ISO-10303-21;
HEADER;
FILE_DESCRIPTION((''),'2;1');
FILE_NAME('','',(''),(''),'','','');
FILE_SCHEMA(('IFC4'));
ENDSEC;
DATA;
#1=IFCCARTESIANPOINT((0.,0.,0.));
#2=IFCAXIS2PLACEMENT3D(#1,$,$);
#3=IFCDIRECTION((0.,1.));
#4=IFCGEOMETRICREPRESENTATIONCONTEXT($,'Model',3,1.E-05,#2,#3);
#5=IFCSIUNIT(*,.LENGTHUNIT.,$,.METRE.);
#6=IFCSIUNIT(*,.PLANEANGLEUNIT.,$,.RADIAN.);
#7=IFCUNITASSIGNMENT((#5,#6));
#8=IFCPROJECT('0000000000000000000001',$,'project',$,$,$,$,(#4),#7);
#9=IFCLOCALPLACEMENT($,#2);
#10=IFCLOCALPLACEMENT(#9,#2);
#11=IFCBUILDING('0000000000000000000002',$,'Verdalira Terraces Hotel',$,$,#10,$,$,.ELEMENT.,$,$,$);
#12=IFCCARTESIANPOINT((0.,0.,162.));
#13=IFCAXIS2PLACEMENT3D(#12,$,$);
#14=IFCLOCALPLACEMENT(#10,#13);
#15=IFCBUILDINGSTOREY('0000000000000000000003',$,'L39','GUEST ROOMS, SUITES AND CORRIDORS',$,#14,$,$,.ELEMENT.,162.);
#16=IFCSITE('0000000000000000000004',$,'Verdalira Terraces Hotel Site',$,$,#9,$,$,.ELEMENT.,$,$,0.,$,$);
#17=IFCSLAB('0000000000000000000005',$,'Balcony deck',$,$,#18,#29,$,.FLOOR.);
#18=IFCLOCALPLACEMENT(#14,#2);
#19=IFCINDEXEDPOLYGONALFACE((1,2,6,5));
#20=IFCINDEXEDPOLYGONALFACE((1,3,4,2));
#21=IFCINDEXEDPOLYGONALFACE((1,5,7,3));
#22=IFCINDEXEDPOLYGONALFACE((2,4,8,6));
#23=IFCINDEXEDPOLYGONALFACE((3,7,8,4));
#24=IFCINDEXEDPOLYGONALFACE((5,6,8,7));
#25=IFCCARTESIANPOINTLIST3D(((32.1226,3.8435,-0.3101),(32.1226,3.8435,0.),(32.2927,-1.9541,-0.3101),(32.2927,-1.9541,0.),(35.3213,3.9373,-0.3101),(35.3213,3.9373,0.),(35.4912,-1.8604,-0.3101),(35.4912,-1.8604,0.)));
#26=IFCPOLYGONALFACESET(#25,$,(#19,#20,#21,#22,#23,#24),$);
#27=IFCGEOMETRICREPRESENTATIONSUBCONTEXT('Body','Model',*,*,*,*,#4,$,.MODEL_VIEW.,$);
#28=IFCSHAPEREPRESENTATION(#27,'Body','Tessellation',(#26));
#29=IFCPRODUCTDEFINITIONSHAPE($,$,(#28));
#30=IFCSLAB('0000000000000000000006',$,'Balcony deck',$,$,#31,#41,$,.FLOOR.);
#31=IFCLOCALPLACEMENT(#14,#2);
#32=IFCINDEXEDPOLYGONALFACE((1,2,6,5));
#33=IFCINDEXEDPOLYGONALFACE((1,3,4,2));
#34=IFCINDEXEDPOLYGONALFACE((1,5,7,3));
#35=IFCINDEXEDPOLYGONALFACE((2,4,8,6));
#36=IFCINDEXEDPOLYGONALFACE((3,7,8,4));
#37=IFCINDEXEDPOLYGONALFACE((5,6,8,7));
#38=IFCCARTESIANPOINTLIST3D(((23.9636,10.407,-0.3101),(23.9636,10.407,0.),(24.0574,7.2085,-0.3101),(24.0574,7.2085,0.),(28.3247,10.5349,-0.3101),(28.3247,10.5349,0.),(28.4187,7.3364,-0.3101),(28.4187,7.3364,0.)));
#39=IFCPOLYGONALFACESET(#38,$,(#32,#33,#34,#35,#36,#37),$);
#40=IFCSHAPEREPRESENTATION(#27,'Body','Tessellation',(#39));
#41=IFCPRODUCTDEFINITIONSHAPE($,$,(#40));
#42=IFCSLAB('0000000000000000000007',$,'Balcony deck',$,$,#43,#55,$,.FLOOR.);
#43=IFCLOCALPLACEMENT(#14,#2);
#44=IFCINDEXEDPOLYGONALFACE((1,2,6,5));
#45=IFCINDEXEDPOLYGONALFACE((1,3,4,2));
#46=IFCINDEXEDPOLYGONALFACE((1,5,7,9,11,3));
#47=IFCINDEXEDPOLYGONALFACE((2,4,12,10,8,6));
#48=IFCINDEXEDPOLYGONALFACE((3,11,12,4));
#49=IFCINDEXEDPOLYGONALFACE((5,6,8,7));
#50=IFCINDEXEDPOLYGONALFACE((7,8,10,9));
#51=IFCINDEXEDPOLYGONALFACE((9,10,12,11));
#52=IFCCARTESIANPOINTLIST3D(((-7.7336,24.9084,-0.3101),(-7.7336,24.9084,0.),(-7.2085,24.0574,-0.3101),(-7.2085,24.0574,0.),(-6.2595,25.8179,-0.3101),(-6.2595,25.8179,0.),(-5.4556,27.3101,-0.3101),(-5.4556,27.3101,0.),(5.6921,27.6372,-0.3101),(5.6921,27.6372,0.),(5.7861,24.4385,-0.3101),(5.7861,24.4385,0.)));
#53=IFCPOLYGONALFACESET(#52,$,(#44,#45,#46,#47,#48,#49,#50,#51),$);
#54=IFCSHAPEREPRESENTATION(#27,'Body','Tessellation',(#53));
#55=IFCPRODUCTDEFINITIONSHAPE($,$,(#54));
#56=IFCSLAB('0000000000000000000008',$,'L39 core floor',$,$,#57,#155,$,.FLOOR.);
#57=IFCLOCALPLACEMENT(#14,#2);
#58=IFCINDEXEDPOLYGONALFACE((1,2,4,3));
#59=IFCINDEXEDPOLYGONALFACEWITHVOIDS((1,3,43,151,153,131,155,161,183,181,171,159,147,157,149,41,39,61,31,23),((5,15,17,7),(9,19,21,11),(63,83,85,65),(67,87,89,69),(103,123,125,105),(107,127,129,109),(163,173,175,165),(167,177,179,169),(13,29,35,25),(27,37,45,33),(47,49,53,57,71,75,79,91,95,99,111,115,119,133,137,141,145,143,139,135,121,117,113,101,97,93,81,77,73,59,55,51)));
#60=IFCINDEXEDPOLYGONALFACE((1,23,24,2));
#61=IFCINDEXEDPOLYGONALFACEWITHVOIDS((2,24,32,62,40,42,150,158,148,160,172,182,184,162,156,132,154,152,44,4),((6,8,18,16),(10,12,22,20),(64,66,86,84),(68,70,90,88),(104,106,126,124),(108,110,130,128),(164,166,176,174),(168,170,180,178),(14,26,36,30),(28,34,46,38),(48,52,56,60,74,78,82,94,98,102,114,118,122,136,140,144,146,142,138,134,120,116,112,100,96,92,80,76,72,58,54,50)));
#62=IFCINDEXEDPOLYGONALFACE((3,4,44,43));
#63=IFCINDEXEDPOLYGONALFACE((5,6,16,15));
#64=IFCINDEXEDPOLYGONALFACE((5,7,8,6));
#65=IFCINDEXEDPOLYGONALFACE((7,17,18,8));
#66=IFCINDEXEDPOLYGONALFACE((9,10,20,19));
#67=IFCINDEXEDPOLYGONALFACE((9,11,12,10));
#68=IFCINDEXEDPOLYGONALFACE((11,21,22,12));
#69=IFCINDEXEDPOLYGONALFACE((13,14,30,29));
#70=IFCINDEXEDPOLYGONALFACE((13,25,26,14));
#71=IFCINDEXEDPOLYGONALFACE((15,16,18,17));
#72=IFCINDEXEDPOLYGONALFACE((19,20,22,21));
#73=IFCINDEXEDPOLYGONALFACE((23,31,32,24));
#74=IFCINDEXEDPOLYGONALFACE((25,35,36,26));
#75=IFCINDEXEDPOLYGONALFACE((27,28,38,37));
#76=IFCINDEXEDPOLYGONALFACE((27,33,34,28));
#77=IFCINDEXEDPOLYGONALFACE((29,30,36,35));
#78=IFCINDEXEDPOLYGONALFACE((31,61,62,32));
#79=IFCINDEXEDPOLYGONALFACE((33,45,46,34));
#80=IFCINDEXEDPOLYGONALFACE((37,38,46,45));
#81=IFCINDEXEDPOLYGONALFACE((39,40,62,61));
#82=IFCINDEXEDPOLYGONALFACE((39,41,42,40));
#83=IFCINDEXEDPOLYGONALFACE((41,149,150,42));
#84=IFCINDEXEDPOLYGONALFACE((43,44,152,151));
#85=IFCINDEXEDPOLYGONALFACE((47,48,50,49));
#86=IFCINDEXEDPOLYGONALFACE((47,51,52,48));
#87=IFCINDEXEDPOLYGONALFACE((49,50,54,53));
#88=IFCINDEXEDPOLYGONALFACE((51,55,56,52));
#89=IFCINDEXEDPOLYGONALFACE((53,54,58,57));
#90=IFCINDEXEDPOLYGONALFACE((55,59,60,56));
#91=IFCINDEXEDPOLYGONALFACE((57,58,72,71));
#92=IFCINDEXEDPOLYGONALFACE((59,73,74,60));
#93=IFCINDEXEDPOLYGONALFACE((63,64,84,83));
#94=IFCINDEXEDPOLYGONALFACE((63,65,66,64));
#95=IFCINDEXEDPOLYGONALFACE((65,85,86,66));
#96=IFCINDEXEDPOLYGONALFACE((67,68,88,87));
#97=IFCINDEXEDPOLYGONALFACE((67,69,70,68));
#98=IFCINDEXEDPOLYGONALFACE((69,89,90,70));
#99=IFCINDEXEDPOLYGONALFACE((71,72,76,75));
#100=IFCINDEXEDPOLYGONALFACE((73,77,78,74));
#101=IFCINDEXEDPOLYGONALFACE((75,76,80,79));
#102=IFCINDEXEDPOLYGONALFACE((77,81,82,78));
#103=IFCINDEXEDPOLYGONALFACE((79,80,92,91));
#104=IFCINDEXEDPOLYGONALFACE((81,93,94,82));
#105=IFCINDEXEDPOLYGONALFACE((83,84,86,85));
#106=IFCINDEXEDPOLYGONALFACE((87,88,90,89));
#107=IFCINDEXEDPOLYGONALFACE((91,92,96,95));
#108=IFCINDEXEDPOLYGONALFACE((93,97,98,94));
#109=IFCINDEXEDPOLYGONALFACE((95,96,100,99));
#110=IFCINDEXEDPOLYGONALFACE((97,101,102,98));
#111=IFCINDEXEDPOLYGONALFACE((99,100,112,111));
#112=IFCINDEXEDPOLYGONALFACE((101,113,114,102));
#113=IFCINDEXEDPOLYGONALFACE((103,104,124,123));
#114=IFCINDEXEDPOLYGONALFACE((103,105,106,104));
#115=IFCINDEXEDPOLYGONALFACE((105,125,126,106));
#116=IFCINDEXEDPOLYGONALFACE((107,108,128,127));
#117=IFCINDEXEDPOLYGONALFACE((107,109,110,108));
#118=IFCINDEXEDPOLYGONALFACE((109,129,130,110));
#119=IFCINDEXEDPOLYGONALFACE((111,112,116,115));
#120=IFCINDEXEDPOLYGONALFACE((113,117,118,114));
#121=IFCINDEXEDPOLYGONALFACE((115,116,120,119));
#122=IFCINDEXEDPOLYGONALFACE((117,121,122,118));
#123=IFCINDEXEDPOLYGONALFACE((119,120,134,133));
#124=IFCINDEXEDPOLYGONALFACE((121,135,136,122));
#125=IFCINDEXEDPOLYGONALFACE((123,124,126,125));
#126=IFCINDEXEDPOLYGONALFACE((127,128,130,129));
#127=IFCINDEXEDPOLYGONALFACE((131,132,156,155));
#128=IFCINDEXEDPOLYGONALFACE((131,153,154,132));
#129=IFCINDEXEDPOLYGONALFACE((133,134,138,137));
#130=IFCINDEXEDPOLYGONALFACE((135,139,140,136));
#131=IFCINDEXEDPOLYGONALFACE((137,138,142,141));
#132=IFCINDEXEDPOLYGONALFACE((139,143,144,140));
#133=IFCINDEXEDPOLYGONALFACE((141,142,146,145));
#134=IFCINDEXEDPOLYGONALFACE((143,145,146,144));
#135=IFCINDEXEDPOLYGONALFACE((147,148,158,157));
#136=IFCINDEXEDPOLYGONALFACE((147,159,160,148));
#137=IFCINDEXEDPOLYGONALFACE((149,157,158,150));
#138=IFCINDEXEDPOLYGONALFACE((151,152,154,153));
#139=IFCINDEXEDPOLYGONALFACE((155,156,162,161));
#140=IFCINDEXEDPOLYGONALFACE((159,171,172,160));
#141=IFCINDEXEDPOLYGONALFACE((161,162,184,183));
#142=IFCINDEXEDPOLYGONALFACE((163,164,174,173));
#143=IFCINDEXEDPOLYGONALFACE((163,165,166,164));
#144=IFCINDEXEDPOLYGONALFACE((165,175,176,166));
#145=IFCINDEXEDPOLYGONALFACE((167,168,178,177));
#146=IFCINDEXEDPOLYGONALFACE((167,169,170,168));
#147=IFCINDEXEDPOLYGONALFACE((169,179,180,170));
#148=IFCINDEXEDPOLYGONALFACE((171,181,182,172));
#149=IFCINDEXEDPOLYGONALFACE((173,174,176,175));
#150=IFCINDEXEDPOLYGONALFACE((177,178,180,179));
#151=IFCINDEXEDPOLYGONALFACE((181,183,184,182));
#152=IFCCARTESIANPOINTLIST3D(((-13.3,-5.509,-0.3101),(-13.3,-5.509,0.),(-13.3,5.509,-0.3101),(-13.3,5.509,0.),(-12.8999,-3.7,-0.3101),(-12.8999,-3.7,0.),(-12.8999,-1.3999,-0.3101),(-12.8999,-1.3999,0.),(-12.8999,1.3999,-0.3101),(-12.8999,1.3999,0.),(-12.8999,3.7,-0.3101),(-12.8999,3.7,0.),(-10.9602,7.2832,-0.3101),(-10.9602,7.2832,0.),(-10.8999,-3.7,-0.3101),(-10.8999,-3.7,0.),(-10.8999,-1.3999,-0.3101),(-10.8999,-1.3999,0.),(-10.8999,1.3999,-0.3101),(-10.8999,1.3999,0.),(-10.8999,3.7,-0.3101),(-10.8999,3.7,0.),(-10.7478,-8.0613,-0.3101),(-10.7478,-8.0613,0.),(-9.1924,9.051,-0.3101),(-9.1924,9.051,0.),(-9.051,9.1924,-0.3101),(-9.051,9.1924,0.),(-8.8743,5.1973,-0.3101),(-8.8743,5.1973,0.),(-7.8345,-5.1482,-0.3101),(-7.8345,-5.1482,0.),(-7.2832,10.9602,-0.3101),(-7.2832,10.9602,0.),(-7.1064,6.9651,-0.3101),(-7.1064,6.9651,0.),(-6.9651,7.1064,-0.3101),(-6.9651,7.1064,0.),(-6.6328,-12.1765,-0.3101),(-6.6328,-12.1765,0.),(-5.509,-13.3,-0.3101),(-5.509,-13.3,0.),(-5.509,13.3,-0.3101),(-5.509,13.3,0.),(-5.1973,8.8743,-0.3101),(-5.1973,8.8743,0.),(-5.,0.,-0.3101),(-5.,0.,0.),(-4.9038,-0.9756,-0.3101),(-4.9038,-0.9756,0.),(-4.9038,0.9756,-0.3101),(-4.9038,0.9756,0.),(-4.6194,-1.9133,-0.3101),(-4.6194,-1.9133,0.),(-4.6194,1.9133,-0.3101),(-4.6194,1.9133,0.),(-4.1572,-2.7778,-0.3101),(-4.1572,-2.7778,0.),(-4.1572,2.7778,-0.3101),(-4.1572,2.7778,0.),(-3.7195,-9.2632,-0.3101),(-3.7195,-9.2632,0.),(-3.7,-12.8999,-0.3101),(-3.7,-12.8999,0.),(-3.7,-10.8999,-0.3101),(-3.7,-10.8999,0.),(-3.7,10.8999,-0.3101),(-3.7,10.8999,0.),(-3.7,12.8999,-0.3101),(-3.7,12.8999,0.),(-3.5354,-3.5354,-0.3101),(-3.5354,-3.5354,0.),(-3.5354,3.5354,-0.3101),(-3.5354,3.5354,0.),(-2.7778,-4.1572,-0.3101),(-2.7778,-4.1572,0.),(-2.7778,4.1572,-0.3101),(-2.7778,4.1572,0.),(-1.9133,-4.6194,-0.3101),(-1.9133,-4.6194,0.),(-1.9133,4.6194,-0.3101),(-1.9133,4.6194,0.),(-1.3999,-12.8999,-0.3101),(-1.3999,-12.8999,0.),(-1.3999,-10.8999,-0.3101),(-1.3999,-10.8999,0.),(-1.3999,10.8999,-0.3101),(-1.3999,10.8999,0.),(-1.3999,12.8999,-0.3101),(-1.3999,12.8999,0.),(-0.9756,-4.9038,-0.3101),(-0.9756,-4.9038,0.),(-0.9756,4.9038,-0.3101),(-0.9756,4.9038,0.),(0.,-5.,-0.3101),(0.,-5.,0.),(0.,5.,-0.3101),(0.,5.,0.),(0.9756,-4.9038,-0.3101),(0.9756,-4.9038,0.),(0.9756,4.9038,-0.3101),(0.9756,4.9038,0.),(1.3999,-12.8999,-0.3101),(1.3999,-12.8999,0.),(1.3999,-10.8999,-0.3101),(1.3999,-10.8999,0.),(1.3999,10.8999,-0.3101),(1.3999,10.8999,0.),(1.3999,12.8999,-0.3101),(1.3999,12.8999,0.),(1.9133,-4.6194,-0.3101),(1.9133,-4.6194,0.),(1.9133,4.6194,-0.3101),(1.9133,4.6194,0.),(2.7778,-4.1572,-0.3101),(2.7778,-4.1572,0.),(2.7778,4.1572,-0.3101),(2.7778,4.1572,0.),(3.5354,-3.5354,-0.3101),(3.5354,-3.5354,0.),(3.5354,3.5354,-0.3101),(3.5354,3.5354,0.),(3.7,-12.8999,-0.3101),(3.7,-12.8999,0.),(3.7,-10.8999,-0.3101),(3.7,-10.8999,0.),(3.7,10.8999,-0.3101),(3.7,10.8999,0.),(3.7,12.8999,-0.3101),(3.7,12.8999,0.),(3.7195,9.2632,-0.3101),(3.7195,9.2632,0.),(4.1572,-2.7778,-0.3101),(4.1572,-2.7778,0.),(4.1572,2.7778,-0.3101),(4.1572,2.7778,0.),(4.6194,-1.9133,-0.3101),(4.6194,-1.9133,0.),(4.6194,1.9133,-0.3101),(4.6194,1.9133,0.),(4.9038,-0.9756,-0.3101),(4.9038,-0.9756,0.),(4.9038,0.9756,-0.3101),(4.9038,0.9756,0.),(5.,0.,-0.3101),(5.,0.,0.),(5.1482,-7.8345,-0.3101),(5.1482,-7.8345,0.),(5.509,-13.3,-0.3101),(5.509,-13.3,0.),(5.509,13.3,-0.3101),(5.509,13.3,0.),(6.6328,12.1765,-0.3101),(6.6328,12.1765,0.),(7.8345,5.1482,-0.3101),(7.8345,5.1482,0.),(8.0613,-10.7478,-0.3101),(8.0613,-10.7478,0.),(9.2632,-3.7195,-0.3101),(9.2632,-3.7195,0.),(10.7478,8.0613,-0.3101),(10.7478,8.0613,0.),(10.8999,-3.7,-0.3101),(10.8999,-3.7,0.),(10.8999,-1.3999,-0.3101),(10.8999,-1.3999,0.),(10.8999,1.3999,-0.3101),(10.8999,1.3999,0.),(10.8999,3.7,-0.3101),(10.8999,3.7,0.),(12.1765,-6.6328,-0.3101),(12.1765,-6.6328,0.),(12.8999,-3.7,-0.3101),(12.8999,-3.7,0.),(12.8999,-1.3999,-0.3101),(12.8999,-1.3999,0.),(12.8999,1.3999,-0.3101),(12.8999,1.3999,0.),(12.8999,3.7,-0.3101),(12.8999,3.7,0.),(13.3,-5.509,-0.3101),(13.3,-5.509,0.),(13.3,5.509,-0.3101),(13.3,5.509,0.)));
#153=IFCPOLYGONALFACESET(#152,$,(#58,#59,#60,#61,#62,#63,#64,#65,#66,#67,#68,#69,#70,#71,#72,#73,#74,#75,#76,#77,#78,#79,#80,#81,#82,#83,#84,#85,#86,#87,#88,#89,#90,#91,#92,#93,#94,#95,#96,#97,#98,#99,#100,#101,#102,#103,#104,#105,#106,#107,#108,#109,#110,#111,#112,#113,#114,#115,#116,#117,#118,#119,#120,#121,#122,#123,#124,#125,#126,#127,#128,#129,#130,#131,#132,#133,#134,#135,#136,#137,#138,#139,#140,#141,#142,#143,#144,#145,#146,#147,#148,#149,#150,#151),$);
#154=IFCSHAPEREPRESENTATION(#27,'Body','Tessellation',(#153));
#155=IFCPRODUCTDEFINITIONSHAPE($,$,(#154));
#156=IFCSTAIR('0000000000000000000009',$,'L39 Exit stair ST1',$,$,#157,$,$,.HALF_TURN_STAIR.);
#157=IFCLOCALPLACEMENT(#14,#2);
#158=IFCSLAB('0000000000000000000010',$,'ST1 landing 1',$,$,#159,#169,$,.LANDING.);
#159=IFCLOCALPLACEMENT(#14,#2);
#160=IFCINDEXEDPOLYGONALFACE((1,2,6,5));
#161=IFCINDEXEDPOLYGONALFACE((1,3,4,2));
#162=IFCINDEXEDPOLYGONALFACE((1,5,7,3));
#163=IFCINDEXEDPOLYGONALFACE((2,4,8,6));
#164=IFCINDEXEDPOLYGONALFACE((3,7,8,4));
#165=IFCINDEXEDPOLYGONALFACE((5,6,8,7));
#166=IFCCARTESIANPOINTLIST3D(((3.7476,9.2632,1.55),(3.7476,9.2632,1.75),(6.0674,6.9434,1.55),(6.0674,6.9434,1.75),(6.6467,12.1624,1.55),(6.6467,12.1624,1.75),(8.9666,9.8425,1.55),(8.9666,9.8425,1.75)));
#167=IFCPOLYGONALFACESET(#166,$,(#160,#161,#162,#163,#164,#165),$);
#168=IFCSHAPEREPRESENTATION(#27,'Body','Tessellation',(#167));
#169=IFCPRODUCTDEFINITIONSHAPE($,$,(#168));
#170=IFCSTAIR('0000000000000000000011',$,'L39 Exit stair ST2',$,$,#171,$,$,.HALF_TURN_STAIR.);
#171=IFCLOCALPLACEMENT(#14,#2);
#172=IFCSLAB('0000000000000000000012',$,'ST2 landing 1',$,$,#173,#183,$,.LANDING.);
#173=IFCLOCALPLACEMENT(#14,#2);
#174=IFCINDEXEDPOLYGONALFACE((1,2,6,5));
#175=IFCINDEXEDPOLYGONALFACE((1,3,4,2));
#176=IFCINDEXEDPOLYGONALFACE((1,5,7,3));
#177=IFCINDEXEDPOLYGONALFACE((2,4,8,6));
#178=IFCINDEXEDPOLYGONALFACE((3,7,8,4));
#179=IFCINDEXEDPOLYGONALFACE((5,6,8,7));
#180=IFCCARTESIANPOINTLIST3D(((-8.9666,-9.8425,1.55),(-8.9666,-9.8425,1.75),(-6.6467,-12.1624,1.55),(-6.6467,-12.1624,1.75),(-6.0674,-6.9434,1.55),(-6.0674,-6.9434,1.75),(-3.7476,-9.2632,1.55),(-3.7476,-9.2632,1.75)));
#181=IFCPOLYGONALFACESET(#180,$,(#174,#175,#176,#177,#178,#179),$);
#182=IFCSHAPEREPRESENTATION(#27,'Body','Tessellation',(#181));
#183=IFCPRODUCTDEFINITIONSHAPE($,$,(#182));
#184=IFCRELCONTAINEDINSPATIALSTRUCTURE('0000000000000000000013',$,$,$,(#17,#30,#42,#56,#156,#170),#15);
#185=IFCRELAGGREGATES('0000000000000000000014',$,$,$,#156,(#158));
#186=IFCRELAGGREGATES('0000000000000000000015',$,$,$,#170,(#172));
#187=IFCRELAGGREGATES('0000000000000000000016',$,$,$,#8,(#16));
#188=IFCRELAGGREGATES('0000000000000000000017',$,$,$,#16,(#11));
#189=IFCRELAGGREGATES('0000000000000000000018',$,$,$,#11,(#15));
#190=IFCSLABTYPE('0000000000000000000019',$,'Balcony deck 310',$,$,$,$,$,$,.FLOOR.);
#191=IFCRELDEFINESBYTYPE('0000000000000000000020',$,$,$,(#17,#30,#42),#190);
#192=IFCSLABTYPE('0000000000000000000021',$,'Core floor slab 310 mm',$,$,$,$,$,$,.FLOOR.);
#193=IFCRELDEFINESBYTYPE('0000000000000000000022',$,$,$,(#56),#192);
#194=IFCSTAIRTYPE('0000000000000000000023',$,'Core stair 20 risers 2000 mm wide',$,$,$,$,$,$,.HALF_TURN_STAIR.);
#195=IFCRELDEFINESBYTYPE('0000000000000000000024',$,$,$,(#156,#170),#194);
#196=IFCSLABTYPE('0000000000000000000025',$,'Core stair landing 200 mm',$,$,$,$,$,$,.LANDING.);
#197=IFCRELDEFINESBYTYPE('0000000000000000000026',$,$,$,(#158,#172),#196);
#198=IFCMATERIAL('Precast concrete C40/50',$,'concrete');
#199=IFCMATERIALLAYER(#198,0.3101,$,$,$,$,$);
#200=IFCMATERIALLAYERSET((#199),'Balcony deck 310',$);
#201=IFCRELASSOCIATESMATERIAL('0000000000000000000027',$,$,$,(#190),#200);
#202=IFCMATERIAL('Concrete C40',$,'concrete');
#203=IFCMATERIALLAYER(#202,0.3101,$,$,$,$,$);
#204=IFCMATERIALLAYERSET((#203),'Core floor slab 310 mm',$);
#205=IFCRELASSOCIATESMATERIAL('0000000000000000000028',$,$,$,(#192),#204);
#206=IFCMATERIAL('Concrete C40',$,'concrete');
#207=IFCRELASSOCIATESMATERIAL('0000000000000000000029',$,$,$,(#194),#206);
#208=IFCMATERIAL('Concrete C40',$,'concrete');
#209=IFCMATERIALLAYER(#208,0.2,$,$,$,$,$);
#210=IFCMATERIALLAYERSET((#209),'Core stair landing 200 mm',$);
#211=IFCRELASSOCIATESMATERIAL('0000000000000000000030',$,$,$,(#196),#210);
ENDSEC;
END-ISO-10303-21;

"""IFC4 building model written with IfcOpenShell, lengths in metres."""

from ifc_helpers import new_model, si_unit, direction, frame, origin, place, context, subcontext, project, spatial, polyline, outline, extrude, material, layer, layer_set, type_object, element, aggregate, save


model = new_model("IFC4")

# Units and contexts
model_context = context("Model", 3, precision=1e-05, world=origin(), true_north=direction((0.0, 1.0)))
body_context = subcontext(model_context, "Body", "Model", "MODEL_VIEW")
ifc_project = project(units=[si_unit("LENGTHUNIT", "METRE"), si_unit("PLANEANGLEUNIT", "RADIAN")], contexts=[model_context])

# Site, building, storey
site_placement = place(None, origin())
site = spatial("IfcSite", under=ifc_project, at=site_placement, Name="Verdalira Terraces Hotel Site", CompositionType="ELEMENT", RefElevation=0.0)
building_placement = place(site_placement, origin())
building = spatial("IfcBuilding", under=site, at=building_placement, Name="Verdalira Terraces Hotel", CompositionType="ELEMENT")
storey_placement = place(building_placement, frame((0.0, 0.0, 162.0)))
storey = spatial("IfcBuildingStorey", under=building, at=storey_placement, Name="L39", Description="GUEST ROOMS, SUITES AND CORRIDORS", CompositionType="ELEMENT", Elevation=162.0)

# Slabs
ifc_material_1 = material(Name="Precast concrete C40/50", Category="concrete")
ifc_layer_1 = layer(ifc_material_1, 0.3101)
ifc_layer_set_1 = layer_set([ifc_layer_1], Name="Balcony deck 310")
slab_type_1 = type_object("IfcSlabType", Name="Balcony deck 310", PredefinedType="FLOOR", material=ifc_layer_set_1)
slab_1_placement = place(storey_placement, frame((0.0, 0.0, -0.3101)))
element("IfcSlab", 1, at=slab_1_placement, inside=storey, type_object=slab_type_1, Name="Balcony deck", PredefinedType="FLOOR", context=body_context, shape_type="SweptSolid", body=[
    extrude(outline(polyline([(35.3213, 3.9373), (32.1226, 3.8435), (32.2927, -1.9541), (35.4912, -1.8604), (35.3213, 3.9373)])), origin(), (0.0, 0.0, 1.0), 0.3101),
])
slab_2_placement = place(storey_placement, frame((0.0, 0.0, -0.3101)))
element("IfcSlab", 2, at=slab_2_placement, inside=storey, type_object=slab_type_1, Name="Balcony deck", PredefinedType="FLOOR", context=body_context, shape_type="SweptSolid", body=[
    extrude(outline(polyline([(23.9636, 10.407), (24.0574, 7.2085), (28.4187, 7.3364), (28.3247, 10.5349), (23.9636, 10.407)])), origin(), (0.0, 0.0, 1.0), 0.3101),
])
slab_3_placement = place(storey_placement, frame((0.0, 0.0, -0.3101)))
element("IfcSlab", 3, at=slab_3_placement, inside=storey, type_object=slab_type_1, Name="Balcony deck", PredefinedType="FLOOR", context=body_context, shape_type="SweptSolid", body=[
    extrude(outline(polyline([(-5.4556, 27.3101), (-6.2595, 25.8179), (-7.7336, 24.9084), (-7.2085, 24.0574), (5.7861, 24.4385), (5.6921, 27.6372), (-5.4556, 27.3101)])), origin(), (0.0, 0.0, 1.0), 0.3101),
])
ifc_material_2 = material(Name="Concrete C40", Category="concrete")
ifc_layer_2 = layer(ifc_material_2, 0.3101)
ifc_layer_set_2 = layer_set([ifc_layer_2], Name="Core floor slab 310 mm")
slab_type_2 = type_object("IfcSlabType", Name="Core floor slab 310 mm", PredefinedType="FLOOR", material=ifc_layer_set_2)
slab_4_placement = place(storey_placement, frame((0.0, 0.0, -0.3101)))
element("IfcSlab", 4, at=slab_4_placement, inside=storey, type_object=slab_type_2, Name="L39 core floor", PredefinedType="FLOOR", context=body_context, shape_type="SweptSolid", body=[
    extrude(outline(polyline([(-5.509, 13.3), (5.509, 13.3), (6.6328, 12.1765), (3.7195, 9.2632), (7.8345, 5.1482), (10.7478, 8.0613), (13.3, 5.509), (13.3, -5.509), (12.1765, -6.6328), (9.2632, -3.7195), (5.1482, -7.8345), (8.0613, -10.7478), (5.509, -13.3), (-5.509, -13.3), (-6.6328, -12.1765), (-3.7195, -9.2632), (-7.8345, -5.1482), (-10.7478, -8.0613), (-13.3, -5.509), (-13.3, 5.509), (-5.509, 13.3)]), holes=[polyline([(12.8999, -3.7), (12.8999, -1.3999), (10.8999, -1.3999), (10.8999, -3.7), (12.8999, -3.7)]), polyline([(12.8999, 1.3999), (12.8999, 3.7), (10.8999, 3.7), (10.8999, 1.3999), (12.8999, 1.3999)]), polyline([(1.3999, 10.8999), (3.7, 10.8999), (3.7, 12.8999), (1.3999, 12.8999), (1.3999, 10.8999)]), polyline([(-3.7, 10.8999), (-1.3999, 10.8999), (-1.3999, 12.8999), (-3.7, 12.8999), (-3.7, 10.8999)]), polyline([(-12.8999, 3.7), (-12.8999, 1.3999), (-10.8999, 1.3999), (-10.8999, 3.7), (-12.8999, 3.7)]), polyline([(-12.8999, -1.3999), (-12.8999, -3.7), (-10.8999, -3.7), (-10.8999, -1.3999), (-12.8999, -1.3999)]), polyline([(-1.3999, -10.8999), (-3.7, -10.8999), (-3.7, -12.8999), (-1.3999, -12.8999), (-1.3999, -10.8999)]), polyline([(3.7, -10.8999), (1.3999, -10.8999), (1.3999, -12.8999), (3.7, -12.8999), (3.7, -10.8999)]), polyline([(-9.051, 9.1924), (-6.9651, 7.1064), (-5.1973, 8.8743), (-7.2832, 10.9602), (-9.051, 9.1924)]), polyline([(-9.1924, 9.051), (-10.9602, 7.2832), (-8.8743, 5.1973), (-7.1064, 6.9651), (-9.1924, 9.051)]), polyline([(3.5354, 3.5354), (2.7778, 4.1572), (1.9133, 4.6194), (0.9756, 4.9038), (0.0, 5.0), (-0.9756, 4.9038), (-1.9133, 4.6194), (-2.7778, 4.1572), (-3.5354, 3.5354), (-4.1572, 2.7778), (-4.6194, 1.9133), (-4.9038, 0.9756), (-5.0, 0.0), (-4.9038, -0.9756), (-4.6194, -1.9133), (-4.1572, -2.7778), (-3.5354, -3.5354), (-2.7778, -4.1572), (-1.9133, -4.6194), (-0.9756, -4.9038), (0.0, -5.0), (0.9756, -4.9038), (1.9133, -4.6194), (2.7778, -4.1572), (3.5354, -3.5354), (4.1572, -2.7778), (4.6194, -1.9133), (4.9038, -0.9756), (5.0, 0.0), (4.9038, 0.9756), (4.6194, 1.9133), (4.1572, 2.7778), (3.5354, 3.5354)])]), origin(), (0.0, 0.0, 1.0), 0.3101),
])

# Stairs, slabs
ifc_material_3 = material(Name="Concrete C40", Category="concrete")
stair_type = type_object("IfcStairType", Name="Core stair 20 risers 2000 mm wide", PredefinedType="HALF_TURN_STAIR", material=ifc_material_3)
stair_1_placement = place(storey_placement, origin())
stair_1 = element("IfcStair", 5, at=stair_1_placement, inside=storey, type_object=stair_type, Name="L39 Exit stair ST1", PredefinedType="HALF_TURN_STAIR")
ifc_material_4 = material(Name="Concrete C40", Category="concrete")
ifc_layer_3 = layer(ifc_material_4, 0.2)
ifc_layer_set_3 = layer_set([ifc_layer_3], Name="Core stair landing 200 mm")
slab_type_3 = type_object("IfcSlabType", Name="Core stair landing 200 mm", PredefinedType="LANDING", material=ifc_layer_set_3)
slab_5_placement = place(storey_placement, frame((0.0, 0.0, 1.55)))
slab_5 = element("IfcSlab", 6, at=slab_5_placement, type_object=slab_type_3, Name="ST1 landing 1", PredefinedType="LANDING", context=body_context, shape_type="SweptSolid", body=[
    extrude(outline(polyline([(8.9666, 9.8425), (6.6467, 12.1624), (3.7476, 9.2632), (6.0674, 6.9434), (8.9666, 9.8425)])), origin(), (0.0, 0.0, 1.0), 0.2),
])
aggregate(stair_1, [slab_5])
stair_2_placement = place(storey_placement, origin())
stair_2 = element("IfcStair", 7, at=stair_2_placement, inside=storey, type_object=stair_type, Name="L39 Exit stair ST2", PredefinedType="HALF_TURN_STAIR")
slab_6_placement = place(storey_placement, frame((0.0, 0.0, 1.55)))
slab_6 = element("IfcSlab", 8, at=slab_6_placement, type_object=slab_type_3, Name="ST2 landing 1", PredefinedType="LANDING", context=body_context, shape_type="SweptSolid", body=[
    extrude(outline(polyline([(-8.9666, -9.8425), (-6.6467, -12.1624), (-3.7476, -9.2632), (-6.0674, -6.9434), (-8.9666, -9.8425)])), origin(), (0.0, 0.0, 1.0), 0.2),
])
aggregate(stair_2, [slab_6])

save(model, "model.ifc")
